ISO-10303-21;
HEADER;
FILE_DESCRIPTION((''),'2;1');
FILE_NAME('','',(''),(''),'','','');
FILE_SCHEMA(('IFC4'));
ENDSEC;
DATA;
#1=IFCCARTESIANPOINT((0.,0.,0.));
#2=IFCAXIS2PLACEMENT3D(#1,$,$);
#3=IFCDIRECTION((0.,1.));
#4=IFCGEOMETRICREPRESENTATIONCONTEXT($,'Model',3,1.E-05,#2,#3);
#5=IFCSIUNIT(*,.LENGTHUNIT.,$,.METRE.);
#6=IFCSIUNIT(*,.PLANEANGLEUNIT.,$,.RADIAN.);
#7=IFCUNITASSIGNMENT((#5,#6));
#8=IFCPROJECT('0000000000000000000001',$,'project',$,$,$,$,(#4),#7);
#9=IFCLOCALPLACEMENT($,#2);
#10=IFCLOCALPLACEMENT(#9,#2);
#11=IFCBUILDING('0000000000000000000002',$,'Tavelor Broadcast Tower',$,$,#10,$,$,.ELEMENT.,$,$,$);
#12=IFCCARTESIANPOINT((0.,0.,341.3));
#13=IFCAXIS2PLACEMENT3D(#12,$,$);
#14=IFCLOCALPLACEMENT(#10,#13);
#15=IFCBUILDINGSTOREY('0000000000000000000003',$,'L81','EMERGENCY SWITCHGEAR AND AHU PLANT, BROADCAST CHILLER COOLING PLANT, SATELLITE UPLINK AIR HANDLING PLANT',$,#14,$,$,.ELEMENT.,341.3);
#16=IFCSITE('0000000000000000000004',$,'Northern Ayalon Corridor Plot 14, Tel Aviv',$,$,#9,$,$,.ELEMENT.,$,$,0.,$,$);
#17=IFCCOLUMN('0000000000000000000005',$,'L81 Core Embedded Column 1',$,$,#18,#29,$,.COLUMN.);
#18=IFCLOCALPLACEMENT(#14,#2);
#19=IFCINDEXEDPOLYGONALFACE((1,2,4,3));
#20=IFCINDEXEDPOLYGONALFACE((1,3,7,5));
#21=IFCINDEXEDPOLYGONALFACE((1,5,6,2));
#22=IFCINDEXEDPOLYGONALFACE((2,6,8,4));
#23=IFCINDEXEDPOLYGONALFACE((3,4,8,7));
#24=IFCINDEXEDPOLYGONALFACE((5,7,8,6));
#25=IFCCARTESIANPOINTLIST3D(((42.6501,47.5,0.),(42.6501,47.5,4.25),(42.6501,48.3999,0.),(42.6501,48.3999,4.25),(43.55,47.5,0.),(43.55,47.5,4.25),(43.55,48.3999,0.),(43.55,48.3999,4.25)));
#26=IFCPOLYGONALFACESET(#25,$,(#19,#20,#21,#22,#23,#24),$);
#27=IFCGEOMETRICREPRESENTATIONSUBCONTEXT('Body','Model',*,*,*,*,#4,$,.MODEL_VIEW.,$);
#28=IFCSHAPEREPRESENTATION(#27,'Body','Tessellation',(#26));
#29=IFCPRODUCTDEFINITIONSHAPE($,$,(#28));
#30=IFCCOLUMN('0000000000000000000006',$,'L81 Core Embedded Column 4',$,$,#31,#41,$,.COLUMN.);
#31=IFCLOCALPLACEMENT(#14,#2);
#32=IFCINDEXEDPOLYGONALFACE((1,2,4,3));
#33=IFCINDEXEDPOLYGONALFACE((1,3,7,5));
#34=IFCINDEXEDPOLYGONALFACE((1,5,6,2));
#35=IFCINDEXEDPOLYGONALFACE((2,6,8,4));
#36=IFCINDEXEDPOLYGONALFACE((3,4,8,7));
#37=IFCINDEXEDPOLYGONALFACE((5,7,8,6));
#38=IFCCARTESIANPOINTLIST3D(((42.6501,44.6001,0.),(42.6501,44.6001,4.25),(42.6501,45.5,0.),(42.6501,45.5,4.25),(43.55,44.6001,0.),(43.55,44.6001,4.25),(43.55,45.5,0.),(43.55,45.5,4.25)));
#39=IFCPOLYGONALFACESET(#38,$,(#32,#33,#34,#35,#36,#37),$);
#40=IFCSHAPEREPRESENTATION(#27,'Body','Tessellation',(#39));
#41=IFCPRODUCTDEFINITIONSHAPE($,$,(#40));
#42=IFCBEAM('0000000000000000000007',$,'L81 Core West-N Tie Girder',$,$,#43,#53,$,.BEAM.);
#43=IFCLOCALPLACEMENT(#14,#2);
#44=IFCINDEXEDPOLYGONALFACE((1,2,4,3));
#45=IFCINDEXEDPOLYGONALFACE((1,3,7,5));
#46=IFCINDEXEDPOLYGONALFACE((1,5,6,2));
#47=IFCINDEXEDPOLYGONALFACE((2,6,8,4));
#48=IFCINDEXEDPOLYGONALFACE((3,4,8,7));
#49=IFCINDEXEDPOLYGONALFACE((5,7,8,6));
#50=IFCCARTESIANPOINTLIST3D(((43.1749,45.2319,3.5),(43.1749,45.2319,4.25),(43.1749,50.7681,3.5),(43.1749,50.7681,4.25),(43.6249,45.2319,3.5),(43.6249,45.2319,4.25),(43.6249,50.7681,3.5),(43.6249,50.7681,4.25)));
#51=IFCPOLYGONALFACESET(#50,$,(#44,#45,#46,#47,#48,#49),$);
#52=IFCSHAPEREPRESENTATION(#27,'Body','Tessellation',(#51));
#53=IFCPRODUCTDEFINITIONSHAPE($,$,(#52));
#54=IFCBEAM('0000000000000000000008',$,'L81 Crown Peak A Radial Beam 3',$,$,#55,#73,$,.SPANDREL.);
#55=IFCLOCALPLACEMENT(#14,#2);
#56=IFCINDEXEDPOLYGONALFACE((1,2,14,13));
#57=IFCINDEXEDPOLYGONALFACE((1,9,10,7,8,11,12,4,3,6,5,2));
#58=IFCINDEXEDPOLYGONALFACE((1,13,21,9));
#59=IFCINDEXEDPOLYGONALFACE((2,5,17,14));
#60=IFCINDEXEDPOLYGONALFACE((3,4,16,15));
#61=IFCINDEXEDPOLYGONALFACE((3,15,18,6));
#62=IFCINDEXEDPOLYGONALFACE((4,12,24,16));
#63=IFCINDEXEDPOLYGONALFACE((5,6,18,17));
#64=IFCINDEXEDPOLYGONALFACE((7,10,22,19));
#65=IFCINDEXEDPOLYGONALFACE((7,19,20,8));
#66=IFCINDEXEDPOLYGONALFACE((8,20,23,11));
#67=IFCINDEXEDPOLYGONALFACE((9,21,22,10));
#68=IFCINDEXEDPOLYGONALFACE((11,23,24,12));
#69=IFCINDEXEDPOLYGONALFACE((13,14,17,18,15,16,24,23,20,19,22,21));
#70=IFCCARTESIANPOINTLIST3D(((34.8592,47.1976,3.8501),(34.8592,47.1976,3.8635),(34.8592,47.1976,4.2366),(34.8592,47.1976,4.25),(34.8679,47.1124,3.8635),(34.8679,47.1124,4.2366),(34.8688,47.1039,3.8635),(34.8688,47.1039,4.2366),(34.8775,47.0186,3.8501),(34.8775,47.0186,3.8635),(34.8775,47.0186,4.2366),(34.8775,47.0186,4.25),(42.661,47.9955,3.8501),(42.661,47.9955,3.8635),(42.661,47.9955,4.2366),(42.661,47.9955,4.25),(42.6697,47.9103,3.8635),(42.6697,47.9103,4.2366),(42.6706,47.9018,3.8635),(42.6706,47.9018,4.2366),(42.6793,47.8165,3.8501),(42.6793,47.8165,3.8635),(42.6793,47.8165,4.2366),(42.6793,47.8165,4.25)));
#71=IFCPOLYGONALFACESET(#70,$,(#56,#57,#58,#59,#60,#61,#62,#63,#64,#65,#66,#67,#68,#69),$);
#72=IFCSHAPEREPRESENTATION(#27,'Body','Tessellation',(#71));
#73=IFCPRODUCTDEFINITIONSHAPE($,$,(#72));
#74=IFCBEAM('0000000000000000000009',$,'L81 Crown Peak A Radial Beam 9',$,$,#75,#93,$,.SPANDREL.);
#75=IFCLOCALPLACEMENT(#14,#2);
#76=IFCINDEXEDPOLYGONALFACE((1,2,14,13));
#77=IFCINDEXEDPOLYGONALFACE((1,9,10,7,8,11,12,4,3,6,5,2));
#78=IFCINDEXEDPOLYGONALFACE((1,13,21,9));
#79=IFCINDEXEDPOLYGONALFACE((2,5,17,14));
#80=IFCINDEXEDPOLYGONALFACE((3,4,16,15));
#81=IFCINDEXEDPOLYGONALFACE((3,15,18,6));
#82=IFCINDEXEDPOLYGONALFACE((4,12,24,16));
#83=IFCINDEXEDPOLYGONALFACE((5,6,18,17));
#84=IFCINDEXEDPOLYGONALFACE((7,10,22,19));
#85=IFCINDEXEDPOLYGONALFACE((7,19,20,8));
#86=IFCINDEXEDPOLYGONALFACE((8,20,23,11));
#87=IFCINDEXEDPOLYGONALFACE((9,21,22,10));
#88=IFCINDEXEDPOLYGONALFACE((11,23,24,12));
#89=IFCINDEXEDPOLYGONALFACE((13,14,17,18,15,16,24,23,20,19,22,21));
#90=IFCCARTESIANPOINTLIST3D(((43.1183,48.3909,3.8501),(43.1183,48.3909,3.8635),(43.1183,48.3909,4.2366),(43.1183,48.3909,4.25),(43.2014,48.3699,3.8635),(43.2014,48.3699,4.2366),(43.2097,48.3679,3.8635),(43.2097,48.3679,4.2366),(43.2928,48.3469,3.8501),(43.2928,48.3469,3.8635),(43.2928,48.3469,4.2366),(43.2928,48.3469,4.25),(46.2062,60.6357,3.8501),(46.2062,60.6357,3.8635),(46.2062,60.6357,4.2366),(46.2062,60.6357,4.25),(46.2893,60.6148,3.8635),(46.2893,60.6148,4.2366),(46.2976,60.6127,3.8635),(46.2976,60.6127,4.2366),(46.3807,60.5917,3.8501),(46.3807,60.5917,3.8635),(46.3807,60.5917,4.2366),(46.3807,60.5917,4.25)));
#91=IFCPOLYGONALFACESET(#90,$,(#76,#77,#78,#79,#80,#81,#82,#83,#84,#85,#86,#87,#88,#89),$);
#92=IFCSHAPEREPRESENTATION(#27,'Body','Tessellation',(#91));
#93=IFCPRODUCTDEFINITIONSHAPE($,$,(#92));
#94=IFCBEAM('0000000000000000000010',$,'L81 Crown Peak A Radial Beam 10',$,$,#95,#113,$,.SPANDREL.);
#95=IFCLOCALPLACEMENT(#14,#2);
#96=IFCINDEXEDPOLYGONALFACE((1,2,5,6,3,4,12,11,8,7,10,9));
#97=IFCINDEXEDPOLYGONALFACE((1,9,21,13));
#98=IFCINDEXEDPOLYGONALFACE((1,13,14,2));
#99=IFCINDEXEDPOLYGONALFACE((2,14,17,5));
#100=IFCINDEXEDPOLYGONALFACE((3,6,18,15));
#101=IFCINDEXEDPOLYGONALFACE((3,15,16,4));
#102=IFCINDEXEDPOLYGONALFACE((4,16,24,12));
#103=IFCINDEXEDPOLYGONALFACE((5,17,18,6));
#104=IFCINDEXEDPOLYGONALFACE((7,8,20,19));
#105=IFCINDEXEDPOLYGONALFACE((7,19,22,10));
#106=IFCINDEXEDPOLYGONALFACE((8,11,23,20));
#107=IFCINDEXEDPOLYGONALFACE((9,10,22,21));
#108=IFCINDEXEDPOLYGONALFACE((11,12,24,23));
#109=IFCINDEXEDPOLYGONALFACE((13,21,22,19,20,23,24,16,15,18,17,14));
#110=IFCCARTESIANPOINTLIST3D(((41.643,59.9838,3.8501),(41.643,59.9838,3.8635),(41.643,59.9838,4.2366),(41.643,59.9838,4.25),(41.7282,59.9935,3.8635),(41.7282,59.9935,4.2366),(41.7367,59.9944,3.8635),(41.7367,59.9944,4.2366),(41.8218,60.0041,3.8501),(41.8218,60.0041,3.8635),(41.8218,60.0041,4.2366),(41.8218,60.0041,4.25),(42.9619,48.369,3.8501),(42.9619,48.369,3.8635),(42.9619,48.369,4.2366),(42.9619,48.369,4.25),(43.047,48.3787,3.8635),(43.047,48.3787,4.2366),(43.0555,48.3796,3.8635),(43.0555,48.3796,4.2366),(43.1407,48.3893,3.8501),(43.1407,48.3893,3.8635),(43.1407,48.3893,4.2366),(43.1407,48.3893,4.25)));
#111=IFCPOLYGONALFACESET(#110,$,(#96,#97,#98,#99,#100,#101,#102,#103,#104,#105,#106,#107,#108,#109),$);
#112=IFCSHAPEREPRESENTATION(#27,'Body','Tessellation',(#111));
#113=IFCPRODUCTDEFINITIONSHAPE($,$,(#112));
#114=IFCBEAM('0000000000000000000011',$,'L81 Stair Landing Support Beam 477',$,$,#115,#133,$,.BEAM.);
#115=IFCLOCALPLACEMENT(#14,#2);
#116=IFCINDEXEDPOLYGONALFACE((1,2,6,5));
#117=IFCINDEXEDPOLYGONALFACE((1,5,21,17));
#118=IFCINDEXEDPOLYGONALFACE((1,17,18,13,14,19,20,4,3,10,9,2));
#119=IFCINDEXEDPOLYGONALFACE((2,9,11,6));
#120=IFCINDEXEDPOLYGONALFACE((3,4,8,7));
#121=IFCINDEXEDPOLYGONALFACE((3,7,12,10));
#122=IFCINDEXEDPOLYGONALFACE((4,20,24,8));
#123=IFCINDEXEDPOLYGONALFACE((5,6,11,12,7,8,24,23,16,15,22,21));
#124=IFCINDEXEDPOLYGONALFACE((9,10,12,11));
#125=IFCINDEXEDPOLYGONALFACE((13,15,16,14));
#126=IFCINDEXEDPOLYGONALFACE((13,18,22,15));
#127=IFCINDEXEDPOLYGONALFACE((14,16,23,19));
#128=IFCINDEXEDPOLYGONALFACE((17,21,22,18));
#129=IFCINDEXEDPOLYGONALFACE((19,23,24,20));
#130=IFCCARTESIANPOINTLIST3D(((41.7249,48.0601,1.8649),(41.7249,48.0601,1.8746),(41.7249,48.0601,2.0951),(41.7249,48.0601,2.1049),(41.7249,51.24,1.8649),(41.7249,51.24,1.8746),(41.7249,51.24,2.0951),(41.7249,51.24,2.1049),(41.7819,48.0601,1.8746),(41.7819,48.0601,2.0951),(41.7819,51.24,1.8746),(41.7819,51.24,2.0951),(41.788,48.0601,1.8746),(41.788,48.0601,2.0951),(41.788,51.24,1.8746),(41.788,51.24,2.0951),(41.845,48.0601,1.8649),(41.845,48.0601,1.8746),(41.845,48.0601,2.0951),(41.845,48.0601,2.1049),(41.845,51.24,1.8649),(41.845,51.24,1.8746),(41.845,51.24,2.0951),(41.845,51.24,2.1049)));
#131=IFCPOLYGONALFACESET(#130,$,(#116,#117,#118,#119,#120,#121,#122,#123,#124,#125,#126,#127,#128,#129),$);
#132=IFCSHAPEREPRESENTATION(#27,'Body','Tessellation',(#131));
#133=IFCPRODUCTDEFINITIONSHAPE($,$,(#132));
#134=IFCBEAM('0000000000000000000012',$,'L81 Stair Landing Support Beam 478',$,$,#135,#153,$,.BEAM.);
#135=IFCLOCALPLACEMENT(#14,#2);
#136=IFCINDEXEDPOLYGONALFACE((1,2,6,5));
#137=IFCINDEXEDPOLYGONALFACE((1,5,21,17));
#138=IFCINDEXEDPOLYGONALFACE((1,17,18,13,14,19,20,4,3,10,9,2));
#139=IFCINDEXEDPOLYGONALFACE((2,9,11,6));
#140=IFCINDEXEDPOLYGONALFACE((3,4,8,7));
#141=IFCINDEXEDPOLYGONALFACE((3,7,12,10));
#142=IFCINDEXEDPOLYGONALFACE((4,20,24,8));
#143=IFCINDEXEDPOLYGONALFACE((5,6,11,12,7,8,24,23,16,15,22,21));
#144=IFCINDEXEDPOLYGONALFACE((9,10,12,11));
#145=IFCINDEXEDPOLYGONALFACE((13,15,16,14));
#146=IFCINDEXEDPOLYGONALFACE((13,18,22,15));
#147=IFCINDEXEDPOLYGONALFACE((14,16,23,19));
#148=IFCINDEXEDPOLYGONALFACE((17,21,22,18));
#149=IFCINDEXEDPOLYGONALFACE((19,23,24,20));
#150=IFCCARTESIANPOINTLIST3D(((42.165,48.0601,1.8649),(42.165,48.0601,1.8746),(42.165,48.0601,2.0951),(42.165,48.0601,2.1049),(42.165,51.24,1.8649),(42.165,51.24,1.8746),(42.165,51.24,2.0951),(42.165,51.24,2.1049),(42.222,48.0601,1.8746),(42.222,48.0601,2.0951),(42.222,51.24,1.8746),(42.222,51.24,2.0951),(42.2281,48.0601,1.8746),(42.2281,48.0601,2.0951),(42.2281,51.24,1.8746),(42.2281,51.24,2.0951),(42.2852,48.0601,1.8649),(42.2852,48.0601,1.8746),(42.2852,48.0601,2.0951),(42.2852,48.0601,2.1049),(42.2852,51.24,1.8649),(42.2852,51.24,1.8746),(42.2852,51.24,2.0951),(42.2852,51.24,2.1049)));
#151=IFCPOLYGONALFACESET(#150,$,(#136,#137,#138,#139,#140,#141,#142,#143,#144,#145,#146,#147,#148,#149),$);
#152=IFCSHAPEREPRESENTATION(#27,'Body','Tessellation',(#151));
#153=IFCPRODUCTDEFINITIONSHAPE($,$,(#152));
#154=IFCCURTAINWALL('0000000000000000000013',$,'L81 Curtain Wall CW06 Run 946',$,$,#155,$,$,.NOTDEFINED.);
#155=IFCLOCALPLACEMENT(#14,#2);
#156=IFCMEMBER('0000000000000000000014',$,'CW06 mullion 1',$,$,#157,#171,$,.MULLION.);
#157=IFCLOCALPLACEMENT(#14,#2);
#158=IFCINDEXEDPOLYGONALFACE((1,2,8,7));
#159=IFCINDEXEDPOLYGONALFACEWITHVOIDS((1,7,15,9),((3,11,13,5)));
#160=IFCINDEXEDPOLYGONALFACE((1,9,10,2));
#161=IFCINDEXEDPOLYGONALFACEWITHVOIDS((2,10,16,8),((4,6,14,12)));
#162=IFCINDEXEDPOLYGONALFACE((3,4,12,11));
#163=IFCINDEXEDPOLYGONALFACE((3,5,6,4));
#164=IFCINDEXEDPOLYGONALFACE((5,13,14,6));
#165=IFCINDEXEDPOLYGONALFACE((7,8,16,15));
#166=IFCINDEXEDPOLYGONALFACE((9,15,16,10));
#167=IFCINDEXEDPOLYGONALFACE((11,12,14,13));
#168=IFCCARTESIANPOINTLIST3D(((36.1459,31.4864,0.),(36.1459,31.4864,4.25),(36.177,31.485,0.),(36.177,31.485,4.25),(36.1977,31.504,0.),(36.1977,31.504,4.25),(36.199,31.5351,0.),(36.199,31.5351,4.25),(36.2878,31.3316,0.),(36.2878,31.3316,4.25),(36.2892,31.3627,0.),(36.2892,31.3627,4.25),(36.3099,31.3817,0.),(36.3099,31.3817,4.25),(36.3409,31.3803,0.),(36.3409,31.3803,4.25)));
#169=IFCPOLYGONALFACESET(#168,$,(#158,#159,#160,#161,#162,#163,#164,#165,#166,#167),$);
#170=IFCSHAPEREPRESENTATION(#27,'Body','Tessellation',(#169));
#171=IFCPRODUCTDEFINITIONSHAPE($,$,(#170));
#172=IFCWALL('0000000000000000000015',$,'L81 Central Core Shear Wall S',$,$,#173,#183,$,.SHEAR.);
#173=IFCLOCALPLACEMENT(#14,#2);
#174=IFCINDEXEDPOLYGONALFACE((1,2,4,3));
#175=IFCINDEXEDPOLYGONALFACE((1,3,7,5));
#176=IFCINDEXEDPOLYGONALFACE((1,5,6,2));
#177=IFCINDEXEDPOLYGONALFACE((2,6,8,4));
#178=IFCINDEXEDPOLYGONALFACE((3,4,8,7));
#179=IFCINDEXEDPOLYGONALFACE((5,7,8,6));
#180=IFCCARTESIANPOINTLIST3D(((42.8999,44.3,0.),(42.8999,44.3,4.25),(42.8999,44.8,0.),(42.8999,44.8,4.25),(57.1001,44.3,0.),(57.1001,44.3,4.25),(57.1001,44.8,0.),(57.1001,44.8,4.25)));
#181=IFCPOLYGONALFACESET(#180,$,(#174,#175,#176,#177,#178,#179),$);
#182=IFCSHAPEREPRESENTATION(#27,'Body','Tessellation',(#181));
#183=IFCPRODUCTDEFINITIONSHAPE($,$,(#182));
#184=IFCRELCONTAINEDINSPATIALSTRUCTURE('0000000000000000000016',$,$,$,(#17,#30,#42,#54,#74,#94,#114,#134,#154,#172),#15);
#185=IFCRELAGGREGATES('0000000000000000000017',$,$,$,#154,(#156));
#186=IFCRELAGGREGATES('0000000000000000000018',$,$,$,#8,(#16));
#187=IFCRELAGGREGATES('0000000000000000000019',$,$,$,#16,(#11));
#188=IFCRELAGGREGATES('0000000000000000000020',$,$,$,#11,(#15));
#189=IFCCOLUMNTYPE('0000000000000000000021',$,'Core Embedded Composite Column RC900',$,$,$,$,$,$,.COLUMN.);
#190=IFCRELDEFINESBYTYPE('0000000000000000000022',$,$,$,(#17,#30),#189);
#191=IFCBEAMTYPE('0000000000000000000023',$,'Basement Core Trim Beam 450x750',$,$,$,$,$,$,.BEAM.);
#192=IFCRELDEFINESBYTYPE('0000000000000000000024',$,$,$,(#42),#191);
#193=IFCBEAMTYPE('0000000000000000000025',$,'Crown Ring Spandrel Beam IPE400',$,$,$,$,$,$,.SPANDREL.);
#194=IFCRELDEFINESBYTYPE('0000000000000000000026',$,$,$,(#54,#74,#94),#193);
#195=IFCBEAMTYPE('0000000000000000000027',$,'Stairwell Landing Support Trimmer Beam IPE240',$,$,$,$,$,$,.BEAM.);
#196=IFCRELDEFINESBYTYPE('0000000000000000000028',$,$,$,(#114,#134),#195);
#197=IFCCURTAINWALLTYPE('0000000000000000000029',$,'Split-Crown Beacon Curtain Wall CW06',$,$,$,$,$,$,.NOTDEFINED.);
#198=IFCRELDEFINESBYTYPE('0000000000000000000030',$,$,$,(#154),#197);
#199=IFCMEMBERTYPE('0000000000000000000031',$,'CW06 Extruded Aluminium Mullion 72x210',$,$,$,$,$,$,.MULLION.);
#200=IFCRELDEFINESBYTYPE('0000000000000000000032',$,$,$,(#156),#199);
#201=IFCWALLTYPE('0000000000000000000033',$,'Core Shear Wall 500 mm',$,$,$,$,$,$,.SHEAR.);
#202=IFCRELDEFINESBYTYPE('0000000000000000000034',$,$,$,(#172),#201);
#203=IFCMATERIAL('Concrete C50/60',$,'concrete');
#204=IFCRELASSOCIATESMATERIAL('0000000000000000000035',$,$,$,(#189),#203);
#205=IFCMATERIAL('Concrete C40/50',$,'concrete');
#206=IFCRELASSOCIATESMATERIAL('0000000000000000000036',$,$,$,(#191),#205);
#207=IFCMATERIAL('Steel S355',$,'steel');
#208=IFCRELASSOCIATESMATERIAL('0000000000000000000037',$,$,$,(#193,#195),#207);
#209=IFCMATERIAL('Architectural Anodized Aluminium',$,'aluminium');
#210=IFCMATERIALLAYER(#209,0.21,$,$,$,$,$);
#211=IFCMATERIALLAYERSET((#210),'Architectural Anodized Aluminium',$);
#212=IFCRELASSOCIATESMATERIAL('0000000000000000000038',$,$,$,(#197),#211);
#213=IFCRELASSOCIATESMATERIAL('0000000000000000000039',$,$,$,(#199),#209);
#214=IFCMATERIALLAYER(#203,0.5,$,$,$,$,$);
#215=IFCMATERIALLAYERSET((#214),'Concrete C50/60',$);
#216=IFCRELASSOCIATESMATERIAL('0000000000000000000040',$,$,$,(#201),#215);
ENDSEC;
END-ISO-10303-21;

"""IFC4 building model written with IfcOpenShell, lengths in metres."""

from ifc_helpers import new_model, si_unit, direction, frame, frame_2d, origin, origin_2d, place, context, subcontext, project, spatial, rectangle, hollow_rectangle, i_section, extrude, source, transform, mapped, material, layer, layer_set, material_profile, profile_set, type_object, type_shapes, element, aggregate, save


model = new_model("IFC4")

# Units and contexts
model_context = context("Model", 3, precision=1e-05, world=origin(), true_north=direction((0.0, 1.0)))
body_context = subcontext(model_context, "Body", "Model", "MODEL_VIEW")
ifc_project = project(units=[si_unit("LENGTHUNIT", "METRE"), si_unit("PLANEANGLEUNIT", "RADIAN")], contexts=[model_context])

# Site, building, storey
site_placement = place(None, origin())
site = spatial("IfcSite", under=ifc_project, at=site_placement, Name="Northern Ayalon Corridor Plot 14, Tel Aviv", CompositionType="ELEMENT", RefElevation=0.0)
building_placement = place(site_placement, origin())
building = spatial("IfcBuilding", under=site, at=building_placement, Name="Tavelor Broadcast Tower", CompositionType="ELEMENT")
storey_placement = place(building_placement, frame((0.0, 0.0, 341.3)))
storey = spatial("IfcBuildingStorey", under=building, at=storey_placement, Name="L81", Description="EMERGENCY SWITCHGEAR AND AHU PLANT, BROADCAST CHILLER COOLING PLANT, SATELLITE UPLINK AIR HANDLING PLANT", CompositionType="ELEMENT", Elevation=341.3)

# Columns
ifc_material_1 = material(Name="Concrete C50/60", Category="concrete")
ifc_material_profile_1 = material_profile(ifc_material_1, rectangle(XDim=0.8999, YDim=0.8999, at=origin_2d()), Name="RC 900x900")
ifc_profile_set_1 = profile_set([ifc_material_profile_1], Name="Concrete C50/60")
column_type = type_object("IfcColumnType", Name="Core Embedded Composite Column RC900", PredefinedType="COLUMN", material=ifc_profile_set_1)
for number, where, z_axis, x_axis, name in (
    (1, (43.1001, 47.95, 0.0), (0.0, 0.0, 1.0), (1.0, 0.0, 0.0), "L81 Core Embedded Column 1"),
    (2, (43.1001, 45.05, 0.0), (0.0, 0.0, 1.0), (1.0, 0.0, 0.0), "L81 Core Embedded Column 4"),
):
    element("IfcColumn", number, at=place(storey_placement, frame(where, z_axis=z_axis, x_axis=x_axis)), inside=storey, type_object=column_type, Name=name, PredefinedType="COLUMN", context=body_context, shape_type="SweptSolid", body=[
        extrude(rectangle(XDim=0.8999, YDim=0.8999, at=origin_2d()), origin(), (0.0, 0.0, 1.0), 4.25),
    ])

# Beams
ifc_material_2 = material(Name="Concrete C40/50", Category="concrete")
ifc_material_profile_2 = material_profile(ifc_material_2, rectangle(XDim=0.45, YDim=0.75, at=origin_2d()), Name="RC 450x750")
ifc_profile_set_2 = profile_set([ifc_material_profile_2], Name="Concrete C40/50")
beam_type_1 = type_object("IfcBeamType", Name="Basement Core Trim Beam 450x750", PredefinedType="BEAM", material=ifc_profile_set_2)
beam_1_placement = place(storey_placement, frame((43.3999, 45.2319, 3.875), z_axis=(0.0, 1.0, 0.0), x_axis=(-1.0, 0.0, 0.0)))
element("IfcBeam", 3, at=beam_1_placement, inside=storey, type_object=beam_type_1, Name="L81 Core West-N Tie Girder", PredefinedType="BEAM", context=body_context, shape_type="SweptSolid", body=[
    extrude(rectangle(XDim=0.45, YDim=0.75, at=origin_2d()), origin(), (0.0, 0.0, 1.0), 5.5361),
])
ifc_material_3 = material(Name="Steel S355", Category="steel")
ifc_material_profile_3 = material_profile(ifc_material_3, i_section(OverallWidth=0.1799, OverallDepth=0.3999, WebThickness=0.0085, FlangeThickness=0.0134, at=origin_2d()), Name="IPE 400")
ifc_profile_set_3 = profile_set([ifc_material_profile_3], Name="Steel S355")
beam_type_2 = type_object("IfcBeamType", Name="Crown Ring Spandrel Beam IPE400", PredefinedType="SPANDREL", material=ifc_profile_set_3)
beam_2_placement = place(storey_placement, frame((42.6702, 47.906, 4.05), z_axis=(-0.994812, -0.101735, 0.0), x_axis=(0.101735, -0.994812, 0.0)))
element("IfcBeam", 4, at=beam_2_placement, inside=storey, type_object=beam_type_2, Name="L81 Crown Peak A Radial Beam 3", PredefinedType="SPANDREL", context=body_context, shape_type="SweptSolid", body=[
    extrude(i_section(OverallWidth=0.1799, OverallDepth=0.3999, WebThickness=0.0085, FlangeThickness=0.0134, at=origin_2d()), origin(), (0.0, 0.0, 1.0), 7.8425),
])
beam_3_placement = place(storey_placement, frame((43.2056, 48.3689, 4.05), z_axis=(0.244523, 0.969643, 0.0), x_axis=(-0.969643, 0.244523, 0.0)))
element("IfcBeam", 5, at=beam_3_placement, inside=storey, type_object=beam_type_2, Name="L81 Crown Peak A Radial Beam 9", PredefinedType="SPANDREL", context=body_context, shape_type="SweptSolid", body=[
    extrude(i_section(OverallWidth=0.1799, OverallDepth=0.3999, WebThickness=0.0085, FlangeThickness=0.0134, at=origin_2d()), origin(), (0.0, 0.0, 1.0), 12.6282),
])
beam_4_placement = place(storey_placement, frame((43.0513, 48.3792, 4.05), z_axis=(-0.112824, 0.993615, 0.0), x_axis=(-0.993615, -0.112824, 0.0)))
element("IfcBeam", 6, at=beam_4_placement, inside=storey, type_object=beam_type_2, Name="L81 Crown Peak A Radial Beam 10", PredefinedType="SPANDREL", context=body_context, shape_type="SweptSolid", body=[
    extrude(i_section(OverallWidth=0.1799, OverallDepth=0.3999, WebThickness=0.0085, FlangeThickness=0.0134, at=origin_2d()), origin(), (0.0, 0.0, 1.0), 11.6895),
])
ifc_material_profile_4 = material_profile(ifc_material_3, i_section(OverallWidth=0.1201, OverallDepth=0.24, WebThickness=0.0061, FlangeThickness=0.0098, at=origin_2d()), Name="IPE 240")
ifc_profile_set_4 = profile_set([ifc_material_profile_4], Name="Steel S355")
beam_type_3 = type_object("IfcBeamType", Name="Stairwell Landing Support Trimmer Beam IPE240", PredefinedType="BEAM", material=ifc_profile_set_4)
for number, where, z_axis, x_axis, name in (
    (7, (41.7849, 48.0601, 1.9849), (0.0, 1.0, 0.0), (-1.0, 0.0, 0.0), "L81 Stair Landing Support Beam 477"),
    (8, (42.2251, 48.0601, 1.9849), (0.0, 1.0, 0.0), (-1.0, 0.0, 0.0), "L81 Stair Landing Support Beam 478"),
):
    element("IfcBeam", number, at=place(storey_placement, frame(where, z_axis=z_axis, x_axis=x_axis)), inside=storey, type_object=beam_type_3, Name=name, PredefinedType="BEAM", context=body_context, shape_type="SweptSolid", body=[
        extrude(i_section(OverallWidth=0.1201, OverallDepth=0.24, WebThickness=0.0061, FlangeThickness=0.0098, at=origin_2d()), origin(), (0.0, 0.0, 1.0), 3.1799),
    ])

# Curtain wall, member
ifc_material_4 = material(Name="Architectural Anodized Aluminium", Category="aluminium")
ifc_layer_1 = layer(ifc_material_4, 0.21)
ifc_layer_set_1 = layer_set([ifc_layer_1], Name="Architectural Anodized Aluminium")
curtain_wall_type = type_object("IfcCurtainWallType", Name="Split-Crown Beacon Curtain Wall CW06", PredefinedType="NOTDEFINED", material=ifc_layer_set_1)
curtain_wall_placement = place(storey_placement, origin())
curtain_wall = element("IfcCurtainWall", 9, at=curtain_wall_placement, inside=storey, type_object=curtain_wall_type, Name="L81 Curtain Wall CW06 Run 946", PredefinedType="NOTDEFINED")
ifc_material_profile_5 = material_profile(ifc_material_4, hollow_rectangle(XDim=0.072, YDim=0.21, WallThickness=0.022, at=origin_2d()), Name="RHS 72x210x22")
ifc_profile_set_5 = profile_set([ifc_material_profile_5], Name="Architectural Anodized Aluminium")
member_type = type_object("IfcMemberType", Name="CW06 Extruded Aluminium Mullion 72x210", PredefinedType="MULLION", material=ifc_profile_set_5)
shared_shape = source(origin(), body_context, "Body", "SweptSolid", [
    extrude(hollow_rectangle(XDim=0.072, YDim=0.21, WallThickness=0.022, at=origin_2d()), origin(), (0.0, 0.0, 1.0), 4.25),
])
type_shapes(member_type, [shared_shape])
member_placement = place(storey_placement, frame((36.2434, 31.4333, 0.0), z_axis=(0.0, 0.0, 1.0), x_axis=(0.7371, 0.675783, 0.0)))
member = element("IfcMember", 10, at=member_placement, type_object=member_type, Name="CW06 mullion 1", PredefinedType="MULLION", context=body_context, shape_type="MappedRepresentation", body=[
    mapped(shared_shape, transform((0.0, 0.0, 0.0), scale=1.0)),
])
aggregate(curtain_wall, [member])

# Wall
ifc_layer_2 = layer(ifc_material_1, 0.5)
ifc_layer_set_2 = layer_set([ifc_layer_2], Name="Concrete C50/60")
wall_type_1 = type_object("IfcWallType", Name="Core Shear Wall 500 mm", PredefinedType="SHEAR", material=ifc_layer_set_2)
wall_1_placement = place(storey_placement, frame((42.8999, 44.55, 0.0), z_axis=(0.0, 0.0, 1.0), x_axis=(1.0, 0.0, 0.0)))
element("IfcWall", 11, at=wall_1_placement, inside=storey, type_object=wall_type_1, Name="L81 Central Core Shear Wall S", PredefinedType="SHEAR", context=body_context, shape_type="SweptSolid", body=[
    extrude(rectangle(XDim=14.2002, YDim=0.5, at=frame_2d((7.1001, 0.0))), origin(), (0.0, 0.0, 1.0), 4.25),
])

save(model, "model.ifc")
